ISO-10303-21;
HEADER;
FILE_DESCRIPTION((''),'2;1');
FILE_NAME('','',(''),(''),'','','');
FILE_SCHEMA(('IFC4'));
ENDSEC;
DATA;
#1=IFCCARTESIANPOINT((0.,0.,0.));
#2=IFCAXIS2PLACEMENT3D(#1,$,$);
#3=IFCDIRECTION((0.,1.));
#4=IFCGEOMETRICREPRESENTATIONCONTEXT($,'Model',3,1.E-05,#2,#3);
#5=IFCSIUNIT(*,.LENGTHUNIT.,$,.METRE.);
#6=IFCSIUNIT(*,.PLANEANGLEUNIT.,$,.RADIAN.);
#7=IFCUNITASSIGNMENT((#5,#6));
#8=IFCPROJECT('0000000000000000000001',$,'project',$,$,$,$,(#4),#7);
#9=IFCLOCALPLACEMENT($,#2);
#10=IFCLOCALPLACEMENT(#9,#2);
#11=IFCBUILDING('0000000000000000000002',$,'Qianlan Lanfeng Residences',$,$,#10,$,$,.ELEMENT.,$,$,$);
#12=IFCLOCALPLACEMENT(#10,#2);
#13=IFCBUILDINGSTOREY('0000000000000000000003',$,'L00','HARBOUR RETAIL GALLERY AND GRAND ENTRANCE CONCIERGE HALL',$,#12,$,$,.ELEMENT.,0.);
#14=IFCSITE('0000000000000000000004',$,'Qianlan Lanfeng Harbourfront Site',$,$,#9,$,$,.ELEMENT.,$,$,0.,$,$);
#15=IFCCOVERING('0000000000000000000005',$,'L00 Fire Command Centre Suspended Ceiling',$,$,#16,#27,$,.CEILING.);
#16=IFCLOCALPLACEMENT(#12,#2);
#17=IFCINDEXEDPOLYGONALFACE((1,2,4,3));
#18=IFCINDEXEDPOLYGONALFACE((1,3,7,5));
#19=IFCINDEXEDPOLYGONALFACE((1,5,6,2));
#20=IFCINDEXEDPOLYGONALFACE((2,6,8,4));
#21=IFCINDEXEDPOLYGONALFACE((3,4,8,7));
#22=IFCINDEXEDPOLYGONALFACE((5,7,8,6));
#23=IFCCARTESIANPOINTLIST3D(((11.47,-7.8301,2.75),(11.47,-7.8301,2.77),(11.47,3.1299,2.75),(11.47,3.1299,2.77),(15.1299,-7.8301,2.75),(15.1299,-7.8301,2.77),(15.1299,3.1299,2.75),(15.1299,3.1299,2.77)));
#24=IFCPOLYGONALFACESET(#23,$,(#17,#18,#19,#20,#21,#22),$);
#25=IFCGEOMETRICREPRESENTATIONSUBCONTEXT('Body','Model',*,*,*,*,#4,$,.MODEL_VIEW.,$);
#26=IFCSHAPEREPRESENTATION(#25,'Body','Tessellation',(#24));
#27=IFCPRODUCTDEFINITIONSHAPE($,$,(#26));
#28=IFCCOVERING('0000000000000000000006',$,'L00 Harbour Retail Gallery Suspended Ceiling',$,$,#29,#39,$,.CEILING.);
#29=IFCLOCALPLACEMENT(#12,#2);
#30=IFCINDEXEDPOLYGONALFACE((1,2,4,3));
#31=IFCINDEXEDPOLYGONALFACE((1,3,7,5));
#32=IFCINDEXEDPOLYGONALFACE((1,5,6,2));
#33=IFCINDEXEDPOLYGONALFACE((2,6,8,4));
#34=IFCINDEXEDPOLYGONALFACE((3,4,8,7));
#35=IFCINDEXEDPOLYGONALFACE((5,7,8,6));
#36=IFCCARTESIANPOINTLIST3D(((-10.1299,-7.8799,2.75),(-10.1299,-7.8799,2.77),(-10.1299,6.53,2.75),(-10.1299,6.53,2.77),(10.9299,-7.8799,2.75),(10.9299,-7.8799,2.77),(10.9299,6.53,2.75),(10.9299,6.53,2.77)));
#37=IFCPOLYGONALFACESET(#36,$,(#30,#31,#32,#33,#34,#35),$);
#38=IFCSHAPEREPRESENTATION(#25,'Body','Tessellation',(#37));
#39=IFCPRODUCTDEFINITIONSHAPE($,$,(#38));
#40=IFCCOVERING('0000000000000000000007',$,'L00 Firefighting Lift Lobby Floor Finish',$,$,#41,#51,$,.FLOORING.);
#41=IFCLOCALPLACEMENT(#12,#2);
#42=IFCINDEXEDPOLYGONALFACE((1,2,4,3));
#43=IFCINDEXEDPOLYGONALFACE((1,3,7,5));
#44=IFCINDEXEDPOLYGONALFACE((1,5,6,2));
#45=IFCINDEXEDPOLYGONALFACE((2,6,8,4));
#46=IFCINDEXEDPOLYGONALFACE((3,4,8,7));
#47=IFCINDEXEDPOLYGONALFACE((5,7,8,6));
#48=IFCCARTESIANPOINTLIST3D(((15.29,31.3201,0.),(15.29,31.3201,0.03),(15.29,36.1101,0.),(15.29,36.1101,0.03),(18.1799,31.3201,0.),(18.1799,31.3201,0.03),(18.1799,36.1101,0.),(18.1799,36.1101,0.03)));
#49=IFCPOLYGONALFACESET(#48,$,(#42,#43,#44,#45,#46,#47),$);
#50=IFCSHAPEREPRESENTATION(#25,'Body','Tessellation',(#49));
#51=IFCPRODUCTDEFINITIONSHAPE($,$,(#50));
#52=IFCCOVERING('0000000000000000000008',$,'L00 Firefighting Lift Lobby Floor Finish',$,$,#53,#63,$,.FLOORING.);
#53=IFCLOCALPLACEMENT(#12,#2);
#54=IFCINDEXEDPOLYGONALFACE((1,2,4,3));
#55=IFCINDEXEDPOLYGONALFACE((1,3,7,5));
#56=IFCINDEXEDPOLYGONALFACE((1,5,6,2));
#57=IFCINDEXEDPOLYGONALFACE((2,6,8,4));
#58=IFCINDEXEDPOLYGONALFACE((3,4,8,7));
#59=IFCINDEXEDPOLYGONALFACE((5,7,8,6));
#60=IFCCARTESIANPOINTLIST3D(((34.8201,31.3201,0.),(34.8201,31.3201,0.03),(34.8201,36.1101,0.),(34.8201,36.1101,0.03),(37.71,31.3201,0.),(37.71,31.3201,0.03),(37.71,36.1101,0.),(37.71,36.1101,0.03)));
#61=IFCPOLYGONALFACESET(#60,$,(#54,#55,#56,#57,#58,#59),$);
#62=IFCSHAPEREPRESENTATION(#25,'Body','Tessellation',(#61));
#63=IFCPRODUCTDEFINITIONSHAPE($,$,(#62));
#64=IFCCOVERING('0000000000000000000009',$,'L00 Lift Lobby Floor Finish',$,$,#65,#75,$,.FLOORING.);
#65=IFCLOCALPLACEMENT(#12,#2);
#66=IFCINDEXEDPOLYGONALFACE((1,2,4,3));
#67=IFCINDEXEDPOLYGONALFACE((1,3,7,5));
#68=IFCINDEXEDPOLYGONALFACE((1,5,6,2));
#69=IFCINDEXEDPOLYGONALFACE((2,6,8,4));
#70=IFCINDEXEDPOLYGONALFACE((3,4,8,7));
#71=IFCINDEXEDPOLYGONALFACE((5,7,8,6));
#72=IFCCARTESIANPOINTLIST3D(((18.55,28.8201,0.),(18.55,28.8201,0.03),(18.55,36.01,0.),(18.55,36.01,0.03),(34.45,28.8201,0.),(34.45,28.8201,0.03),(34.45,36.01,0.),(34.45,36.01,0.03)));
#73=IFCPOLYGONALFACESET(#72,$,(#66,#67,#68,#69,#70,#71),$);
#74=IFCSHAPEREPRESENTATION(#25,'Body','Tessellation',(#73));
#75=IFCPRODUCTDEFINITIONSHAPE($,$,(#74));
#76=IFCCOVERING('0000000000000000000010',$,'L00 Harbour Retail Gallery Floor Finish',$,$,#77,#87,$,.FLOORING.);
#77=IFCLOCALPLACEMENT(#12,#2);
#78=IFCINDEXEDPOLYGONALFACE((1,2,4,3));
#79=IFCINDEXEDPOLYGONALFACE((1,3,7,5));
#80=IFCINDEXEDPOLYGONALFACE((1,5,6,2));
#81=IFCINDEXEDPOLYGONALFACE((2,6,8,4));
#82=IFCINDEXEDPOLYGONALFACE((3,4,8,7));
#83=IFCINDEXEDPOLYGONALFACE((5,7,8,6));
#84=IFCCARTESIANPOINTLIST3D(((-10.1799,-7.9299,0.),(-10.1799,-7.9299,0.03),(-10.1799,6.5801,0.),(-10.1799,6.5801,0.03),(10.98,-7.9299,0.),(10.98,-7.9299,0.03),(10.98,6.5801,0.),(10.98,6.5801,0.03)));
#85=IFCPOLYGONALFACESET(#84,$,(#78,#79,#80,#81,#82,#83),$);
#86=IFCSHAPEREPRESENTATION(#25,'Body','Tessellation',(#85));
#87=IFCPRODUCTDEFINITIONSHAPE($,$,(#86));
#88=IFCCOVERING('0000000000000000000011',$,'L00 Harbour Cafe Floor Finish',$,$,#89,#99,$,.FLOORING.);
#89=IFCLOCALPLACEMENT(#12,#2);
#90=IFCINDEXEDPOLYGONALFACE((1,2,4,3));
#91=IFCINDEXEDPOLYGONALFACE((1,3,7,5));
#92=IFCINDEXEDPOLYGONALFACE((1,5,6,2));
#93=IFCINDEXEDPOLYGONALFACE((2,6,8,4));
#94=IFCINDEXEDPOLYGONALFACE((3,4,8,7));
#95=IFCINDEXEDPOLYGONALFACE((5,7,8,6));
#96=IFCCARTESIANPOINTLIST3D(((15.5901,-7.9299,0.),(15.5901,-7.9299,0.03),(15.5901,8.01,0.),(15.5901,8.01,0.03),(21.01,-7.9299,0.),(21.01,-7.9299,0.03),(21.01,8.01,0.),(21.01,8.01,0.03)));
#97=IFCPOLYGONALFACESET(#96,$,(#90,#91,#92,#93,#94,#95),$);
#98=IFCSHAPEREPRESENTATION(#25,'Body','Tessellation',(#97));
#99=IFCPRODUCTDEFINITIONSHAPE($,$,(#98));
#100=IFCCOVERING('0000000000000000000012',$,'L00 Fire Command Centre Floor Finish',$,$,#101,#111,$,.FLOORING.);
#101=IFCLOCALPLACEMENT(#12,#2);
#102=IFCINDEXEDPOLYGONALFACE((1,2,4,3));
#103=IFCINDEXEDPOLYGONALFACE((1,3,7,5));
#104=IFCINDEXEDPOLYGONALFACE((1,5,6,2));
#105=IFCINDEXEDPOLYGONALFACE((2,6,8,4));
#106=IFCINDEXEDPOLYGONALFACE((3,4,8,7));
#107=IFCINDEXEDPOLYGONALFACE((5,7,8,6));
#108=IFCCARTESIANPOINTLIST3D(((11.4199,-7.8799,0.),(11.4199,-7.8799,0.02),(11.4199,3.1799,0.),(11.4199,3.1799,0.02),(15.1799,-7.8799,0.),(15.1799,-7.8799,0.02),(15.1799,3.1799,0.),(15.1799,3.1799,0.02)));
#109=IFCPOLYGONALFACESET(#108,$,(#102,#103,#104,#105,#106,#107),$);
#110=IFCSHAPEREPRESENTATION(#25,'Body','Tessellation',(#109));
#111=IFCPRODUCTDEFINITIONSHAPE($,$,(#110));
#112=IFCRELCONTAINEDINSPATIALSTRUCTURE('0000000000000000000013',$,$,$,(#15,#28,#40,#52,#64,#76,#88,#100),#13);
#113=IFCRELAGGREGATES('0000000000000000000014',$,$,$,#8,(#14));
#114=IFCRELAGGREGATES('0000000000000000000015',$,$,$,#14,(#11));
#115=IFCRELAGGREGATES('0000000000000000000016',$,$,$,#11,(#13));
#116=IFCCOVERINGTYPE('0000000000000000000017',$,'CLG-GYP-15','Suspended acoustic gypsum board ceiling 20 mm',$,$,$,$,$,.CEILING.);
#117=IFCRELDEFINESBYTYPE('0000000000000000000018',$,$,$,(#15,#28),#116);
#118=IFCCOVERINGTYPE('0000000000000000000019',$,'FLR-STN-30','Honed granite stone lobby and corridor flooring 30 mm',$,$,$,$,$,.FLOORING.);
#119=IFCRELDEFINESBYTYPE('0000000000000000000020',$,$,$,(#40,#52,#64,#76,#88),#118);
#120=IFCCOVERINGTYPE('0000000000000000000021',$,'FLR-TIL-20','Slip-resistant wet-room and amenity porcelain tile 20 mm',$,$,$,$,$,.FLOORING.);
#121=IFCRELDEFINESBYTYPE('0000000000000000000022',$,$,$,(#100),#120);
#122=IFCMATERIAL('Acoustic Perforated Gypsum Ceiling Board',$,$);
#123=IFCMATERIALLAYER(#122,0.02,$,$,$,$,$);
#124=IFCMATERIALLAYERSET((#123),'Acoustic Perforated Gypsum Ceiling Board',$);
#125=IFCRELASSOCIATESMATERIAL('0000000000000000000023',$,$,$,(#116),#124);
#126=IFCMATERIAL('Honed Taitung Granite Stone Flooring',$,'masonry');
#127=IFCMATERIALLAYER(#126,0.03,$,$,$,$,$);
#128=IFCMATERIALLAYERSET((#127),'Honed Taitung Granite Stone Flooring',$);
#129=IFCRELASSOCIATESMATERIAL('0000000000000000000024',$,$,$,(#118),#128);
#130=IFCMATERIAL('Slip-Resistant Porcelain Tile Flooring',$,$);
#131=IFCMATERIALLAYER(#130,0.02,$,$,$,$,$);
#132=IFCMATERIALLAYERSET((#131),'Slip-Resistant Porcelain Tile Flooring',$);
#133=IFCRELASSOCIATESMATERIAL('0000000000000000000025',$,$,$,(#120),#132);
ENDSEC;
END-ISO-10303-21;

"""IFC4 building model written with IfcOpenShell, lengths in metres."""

from ifc_helpers import new_model, si_unit, direction, frame, origin, place, context, subcontext, project, spatial, polyline, outline, extrude, material, layer, layer_set, type_object, element, save


model = new_model("IFC4")

# Units and contexts
model_context = context("Model", 3, precision=1e-05, world=origin(), true_north=direction((0.0, 1.0)))
body_context = subcontext(model_context, "Body", "Model", "MODEL_VIEW")
ifc_project = project(units=[si_unit("LENGTHUNIT", "METRE"), si_unit("PLANEANGLEUNIT", "RADIAN")], contexts=[model_context])

# Site, building, storey
site_placement = place(None, origin())
site = spatial("IfcSite", under=ifc_project, at=site_placement, Name="Qianlan Lanfeng Harbourfront Site", CompositionType="ELEMENT", RefElevation=0.0)
building_placement = place(site_placement, origin())
building = spatial("IfcBuilding", under=site, at=building_placement, Name="Qianlan Lanfeng Residences", CompositionType="ELEMENT")
storey_placement = place(building_placement, origin())
storey = spatial("IfcBuildingStorey", under=building, at=storey_placement, Name="L00", Description="HARBOUR RETAIL GALLERY AND GRAND ENTRANCE CONCIERGE HALL", CompositionType="ELEMENT", Elevation=0.0)

# Coverings
ifc_material_1 = material(Name="Acoustic Perforated Gypsum Ceiling Board")
ifc_layer_1 = layer(ifc_material_1, 0.02)
ifc_layer_set_1 = layer_set([ifc_layer_1], Name="Acoustic Perforated Gypsum Ceiling Board")
covering_type_1 = type_object("IfcCoveringType", Name="CLG-GYP-15", Description="Suspended acoustic gypsum board ceiling 20 mm", PredefinedType="CEILING", material=ifc_layer_set_1)
covering_1_placement = place(storey_placement, frame((0.0, 0.0, 2.75)))
element("IfcCovering", 1, at=covering_1_placement, inside=storey, type_object=covering_type_1, Name="L00 Fire Command Centre Suspended Ceiling", PredefinedType="CEILING", context=body_context, shape_type="SweptSolid", body=[
    extrude(outline(polyline([(11.47, -7.8301), (15.1299, -7.8301), (15.1299, 3.1299), (11.47, 3.1299), (11.47, -7.8301)])), origin(), (0.0, 0.0, 1.0), 0.02),
])
covering_2_placement = place(storey_placement, frame((0.0, 0.0, 2.75)))
element("IfcCovering", 2, at=covering_2_placement, inside=storey, type_object=covering_type_1, Name="L00 Harbour Retail Gallery Suspended Ceiling", PredefinedType="CEILING", context=body_context, shape_type="SweptSolid", body=[
    extrude(outline(polyline([(-10.1299, -7.8799), (10.9299, -7.8799), (10.9299, 6.53), (-10.1299, 6.53), (-10.1299, -7.8799)])), origin(), (0.0, 0.0, 1.0), 0.02),
])
ifc_material_2 = material(Name="Honed Taitung Granite Stone Flooring", Category="masonry")
ifc_layer_2 = layer(ifc_material_2, 0.03)
ifc_layer_set_2 = layer_set([ifc_layer_2], Name="Honed Taitung Granite Stone Flooring")
covering_type_2 = type_object("IfcCoveringType", Name="FLR-STN-30", Description="Honed granite stone lobby and corridor flooring 30 mm", PredefinedType="FLOORING", material=ifc_layer_set_2)
covering_3_placement = place(storey_placement, origin())
element("IfcCovering", 3, at=covering_3_placement, inside=storey, type_object=covering_type_2, Name="L00 Firefighting Lift Lobby Floor Finish", PredefinedType="FLOORING", context=body_context, shape_type="SweptSolid", body=[
    extrude(outline(polyline([(15.29, 31.3201), (18.1799, 31.3201), (18.1799, 36.1101), (15.29, 36.1101), (15.29, 31.3201)])), origin(), (0.0, 0.0, 1.0), 0.03),
])
covering_4_placement = place(storey_placement, origin())
element("IfcCovering", 4, at=covering_4_placement, inside=storey, type_object=covering_type_2, Name="L00 Firefighting Lift Lobby Floor Finish", PredefinedType="FLOORING", context=body_context, shape_type="SweptSolid", body=[
    extrude(outline(polyline([(34.8201, 31.3201), (37.71, 31.3201), (37.71, 36.1101), (34.8201, 36.1101), (34.8201, 31.3201)])), origin(), (0.0, 0.0, 1.0), 0.03),
])
covering_5_placement = place(storey_placement, origin())
element("IfcCovering", 5, at=covering_5_placement, inside=storey, type_object=covering_type_2, Name="L00 Lift Lobby Floor Finish", PredefinedType="FLOORING", context=body_context, shape_type="SweptSolid", body=[
    extrude(outline(polyline([(18.55, 28.8201), (34.45, 28.8201), (34.45, 36.01), (18.55, 36.01), (18.55, 28.8201)])), origin(), (0.0, 0.0, 1.0), 0.03),
])
covering_6_placement = place(storey_placement, origin())
element("IfcCovering", 6, at=covering_6_placement, inside=storey, type_object=covering_type_2, Name="L00 Harbour Retail Gallery Floor Finish", PredefinedType="FLOORING", context=body_context, shape_type="SweptSolid", body=[
    extrude(outline(polyline([(-10.1799, -7.9299), (10.98, -7.9299), (10.98, 6.5801), (-10.1799, 6.5801), (-10.1799, -7.9299)])), origin(), (0.0, 0.0, 1.0), 0.03),
])
covering_7_placement = place(storey_placement, origin())
element("IfcCovering", 7, at=covering_7_placement, inside=storey, type_object=covering_type_2, Name="L00 Harbour Cafe Floor Finish", PredefinedType="FLOORING", context=body_context, shape_type="SweptSolid", body=[
    extrude(outline(polyline([(15.5901, -7.9299), (21.01, -7.9299), (21.01, 8.01), (15.5901, 8.01), (15.5901, -7.9299)])), origin(), (0.0, 0.0, 1.0), 0.03),
])
ifc_material_3 = material(Name="Slip-Resistant Porcelain Tile Flooring")
ifc_layer_3 = layer(ifc_material_3, 0.02)
ifc_layer_set_3 = layer_set([ifc_layer_3], Name="Slip-Resistant Porcelain Tile Flooring")
covering_type_3 = type_object("IfcCoveringType", Name="FLR-TIL-20", Description="Slip-resistant wet-room and amenity porcelain tile 20 mm", PredefinedType="FLOORING", material=ifc_layer_set_3)
covering_8_placement = place(storey_placement, origin())
element("IfcCovering", 8, at=covering_8_placement, inside=storey, type_object=covering_type_3, Name="L00 Fire Command Centre Floor Finish", PredefinedType="FLOORING", context=body_context, shape_type="SweptSolid", body=[
    extrude(outline(polyline([(11.4199, -7.8799), (15.1799, -7.8799), (15.1799, 3.1799), (11.4199, 3.1799), (11.4199, -7.8799)])), origin(), (0.0, 0.0, 1.0), 0.02),
])

save(model, "model.ifc")
